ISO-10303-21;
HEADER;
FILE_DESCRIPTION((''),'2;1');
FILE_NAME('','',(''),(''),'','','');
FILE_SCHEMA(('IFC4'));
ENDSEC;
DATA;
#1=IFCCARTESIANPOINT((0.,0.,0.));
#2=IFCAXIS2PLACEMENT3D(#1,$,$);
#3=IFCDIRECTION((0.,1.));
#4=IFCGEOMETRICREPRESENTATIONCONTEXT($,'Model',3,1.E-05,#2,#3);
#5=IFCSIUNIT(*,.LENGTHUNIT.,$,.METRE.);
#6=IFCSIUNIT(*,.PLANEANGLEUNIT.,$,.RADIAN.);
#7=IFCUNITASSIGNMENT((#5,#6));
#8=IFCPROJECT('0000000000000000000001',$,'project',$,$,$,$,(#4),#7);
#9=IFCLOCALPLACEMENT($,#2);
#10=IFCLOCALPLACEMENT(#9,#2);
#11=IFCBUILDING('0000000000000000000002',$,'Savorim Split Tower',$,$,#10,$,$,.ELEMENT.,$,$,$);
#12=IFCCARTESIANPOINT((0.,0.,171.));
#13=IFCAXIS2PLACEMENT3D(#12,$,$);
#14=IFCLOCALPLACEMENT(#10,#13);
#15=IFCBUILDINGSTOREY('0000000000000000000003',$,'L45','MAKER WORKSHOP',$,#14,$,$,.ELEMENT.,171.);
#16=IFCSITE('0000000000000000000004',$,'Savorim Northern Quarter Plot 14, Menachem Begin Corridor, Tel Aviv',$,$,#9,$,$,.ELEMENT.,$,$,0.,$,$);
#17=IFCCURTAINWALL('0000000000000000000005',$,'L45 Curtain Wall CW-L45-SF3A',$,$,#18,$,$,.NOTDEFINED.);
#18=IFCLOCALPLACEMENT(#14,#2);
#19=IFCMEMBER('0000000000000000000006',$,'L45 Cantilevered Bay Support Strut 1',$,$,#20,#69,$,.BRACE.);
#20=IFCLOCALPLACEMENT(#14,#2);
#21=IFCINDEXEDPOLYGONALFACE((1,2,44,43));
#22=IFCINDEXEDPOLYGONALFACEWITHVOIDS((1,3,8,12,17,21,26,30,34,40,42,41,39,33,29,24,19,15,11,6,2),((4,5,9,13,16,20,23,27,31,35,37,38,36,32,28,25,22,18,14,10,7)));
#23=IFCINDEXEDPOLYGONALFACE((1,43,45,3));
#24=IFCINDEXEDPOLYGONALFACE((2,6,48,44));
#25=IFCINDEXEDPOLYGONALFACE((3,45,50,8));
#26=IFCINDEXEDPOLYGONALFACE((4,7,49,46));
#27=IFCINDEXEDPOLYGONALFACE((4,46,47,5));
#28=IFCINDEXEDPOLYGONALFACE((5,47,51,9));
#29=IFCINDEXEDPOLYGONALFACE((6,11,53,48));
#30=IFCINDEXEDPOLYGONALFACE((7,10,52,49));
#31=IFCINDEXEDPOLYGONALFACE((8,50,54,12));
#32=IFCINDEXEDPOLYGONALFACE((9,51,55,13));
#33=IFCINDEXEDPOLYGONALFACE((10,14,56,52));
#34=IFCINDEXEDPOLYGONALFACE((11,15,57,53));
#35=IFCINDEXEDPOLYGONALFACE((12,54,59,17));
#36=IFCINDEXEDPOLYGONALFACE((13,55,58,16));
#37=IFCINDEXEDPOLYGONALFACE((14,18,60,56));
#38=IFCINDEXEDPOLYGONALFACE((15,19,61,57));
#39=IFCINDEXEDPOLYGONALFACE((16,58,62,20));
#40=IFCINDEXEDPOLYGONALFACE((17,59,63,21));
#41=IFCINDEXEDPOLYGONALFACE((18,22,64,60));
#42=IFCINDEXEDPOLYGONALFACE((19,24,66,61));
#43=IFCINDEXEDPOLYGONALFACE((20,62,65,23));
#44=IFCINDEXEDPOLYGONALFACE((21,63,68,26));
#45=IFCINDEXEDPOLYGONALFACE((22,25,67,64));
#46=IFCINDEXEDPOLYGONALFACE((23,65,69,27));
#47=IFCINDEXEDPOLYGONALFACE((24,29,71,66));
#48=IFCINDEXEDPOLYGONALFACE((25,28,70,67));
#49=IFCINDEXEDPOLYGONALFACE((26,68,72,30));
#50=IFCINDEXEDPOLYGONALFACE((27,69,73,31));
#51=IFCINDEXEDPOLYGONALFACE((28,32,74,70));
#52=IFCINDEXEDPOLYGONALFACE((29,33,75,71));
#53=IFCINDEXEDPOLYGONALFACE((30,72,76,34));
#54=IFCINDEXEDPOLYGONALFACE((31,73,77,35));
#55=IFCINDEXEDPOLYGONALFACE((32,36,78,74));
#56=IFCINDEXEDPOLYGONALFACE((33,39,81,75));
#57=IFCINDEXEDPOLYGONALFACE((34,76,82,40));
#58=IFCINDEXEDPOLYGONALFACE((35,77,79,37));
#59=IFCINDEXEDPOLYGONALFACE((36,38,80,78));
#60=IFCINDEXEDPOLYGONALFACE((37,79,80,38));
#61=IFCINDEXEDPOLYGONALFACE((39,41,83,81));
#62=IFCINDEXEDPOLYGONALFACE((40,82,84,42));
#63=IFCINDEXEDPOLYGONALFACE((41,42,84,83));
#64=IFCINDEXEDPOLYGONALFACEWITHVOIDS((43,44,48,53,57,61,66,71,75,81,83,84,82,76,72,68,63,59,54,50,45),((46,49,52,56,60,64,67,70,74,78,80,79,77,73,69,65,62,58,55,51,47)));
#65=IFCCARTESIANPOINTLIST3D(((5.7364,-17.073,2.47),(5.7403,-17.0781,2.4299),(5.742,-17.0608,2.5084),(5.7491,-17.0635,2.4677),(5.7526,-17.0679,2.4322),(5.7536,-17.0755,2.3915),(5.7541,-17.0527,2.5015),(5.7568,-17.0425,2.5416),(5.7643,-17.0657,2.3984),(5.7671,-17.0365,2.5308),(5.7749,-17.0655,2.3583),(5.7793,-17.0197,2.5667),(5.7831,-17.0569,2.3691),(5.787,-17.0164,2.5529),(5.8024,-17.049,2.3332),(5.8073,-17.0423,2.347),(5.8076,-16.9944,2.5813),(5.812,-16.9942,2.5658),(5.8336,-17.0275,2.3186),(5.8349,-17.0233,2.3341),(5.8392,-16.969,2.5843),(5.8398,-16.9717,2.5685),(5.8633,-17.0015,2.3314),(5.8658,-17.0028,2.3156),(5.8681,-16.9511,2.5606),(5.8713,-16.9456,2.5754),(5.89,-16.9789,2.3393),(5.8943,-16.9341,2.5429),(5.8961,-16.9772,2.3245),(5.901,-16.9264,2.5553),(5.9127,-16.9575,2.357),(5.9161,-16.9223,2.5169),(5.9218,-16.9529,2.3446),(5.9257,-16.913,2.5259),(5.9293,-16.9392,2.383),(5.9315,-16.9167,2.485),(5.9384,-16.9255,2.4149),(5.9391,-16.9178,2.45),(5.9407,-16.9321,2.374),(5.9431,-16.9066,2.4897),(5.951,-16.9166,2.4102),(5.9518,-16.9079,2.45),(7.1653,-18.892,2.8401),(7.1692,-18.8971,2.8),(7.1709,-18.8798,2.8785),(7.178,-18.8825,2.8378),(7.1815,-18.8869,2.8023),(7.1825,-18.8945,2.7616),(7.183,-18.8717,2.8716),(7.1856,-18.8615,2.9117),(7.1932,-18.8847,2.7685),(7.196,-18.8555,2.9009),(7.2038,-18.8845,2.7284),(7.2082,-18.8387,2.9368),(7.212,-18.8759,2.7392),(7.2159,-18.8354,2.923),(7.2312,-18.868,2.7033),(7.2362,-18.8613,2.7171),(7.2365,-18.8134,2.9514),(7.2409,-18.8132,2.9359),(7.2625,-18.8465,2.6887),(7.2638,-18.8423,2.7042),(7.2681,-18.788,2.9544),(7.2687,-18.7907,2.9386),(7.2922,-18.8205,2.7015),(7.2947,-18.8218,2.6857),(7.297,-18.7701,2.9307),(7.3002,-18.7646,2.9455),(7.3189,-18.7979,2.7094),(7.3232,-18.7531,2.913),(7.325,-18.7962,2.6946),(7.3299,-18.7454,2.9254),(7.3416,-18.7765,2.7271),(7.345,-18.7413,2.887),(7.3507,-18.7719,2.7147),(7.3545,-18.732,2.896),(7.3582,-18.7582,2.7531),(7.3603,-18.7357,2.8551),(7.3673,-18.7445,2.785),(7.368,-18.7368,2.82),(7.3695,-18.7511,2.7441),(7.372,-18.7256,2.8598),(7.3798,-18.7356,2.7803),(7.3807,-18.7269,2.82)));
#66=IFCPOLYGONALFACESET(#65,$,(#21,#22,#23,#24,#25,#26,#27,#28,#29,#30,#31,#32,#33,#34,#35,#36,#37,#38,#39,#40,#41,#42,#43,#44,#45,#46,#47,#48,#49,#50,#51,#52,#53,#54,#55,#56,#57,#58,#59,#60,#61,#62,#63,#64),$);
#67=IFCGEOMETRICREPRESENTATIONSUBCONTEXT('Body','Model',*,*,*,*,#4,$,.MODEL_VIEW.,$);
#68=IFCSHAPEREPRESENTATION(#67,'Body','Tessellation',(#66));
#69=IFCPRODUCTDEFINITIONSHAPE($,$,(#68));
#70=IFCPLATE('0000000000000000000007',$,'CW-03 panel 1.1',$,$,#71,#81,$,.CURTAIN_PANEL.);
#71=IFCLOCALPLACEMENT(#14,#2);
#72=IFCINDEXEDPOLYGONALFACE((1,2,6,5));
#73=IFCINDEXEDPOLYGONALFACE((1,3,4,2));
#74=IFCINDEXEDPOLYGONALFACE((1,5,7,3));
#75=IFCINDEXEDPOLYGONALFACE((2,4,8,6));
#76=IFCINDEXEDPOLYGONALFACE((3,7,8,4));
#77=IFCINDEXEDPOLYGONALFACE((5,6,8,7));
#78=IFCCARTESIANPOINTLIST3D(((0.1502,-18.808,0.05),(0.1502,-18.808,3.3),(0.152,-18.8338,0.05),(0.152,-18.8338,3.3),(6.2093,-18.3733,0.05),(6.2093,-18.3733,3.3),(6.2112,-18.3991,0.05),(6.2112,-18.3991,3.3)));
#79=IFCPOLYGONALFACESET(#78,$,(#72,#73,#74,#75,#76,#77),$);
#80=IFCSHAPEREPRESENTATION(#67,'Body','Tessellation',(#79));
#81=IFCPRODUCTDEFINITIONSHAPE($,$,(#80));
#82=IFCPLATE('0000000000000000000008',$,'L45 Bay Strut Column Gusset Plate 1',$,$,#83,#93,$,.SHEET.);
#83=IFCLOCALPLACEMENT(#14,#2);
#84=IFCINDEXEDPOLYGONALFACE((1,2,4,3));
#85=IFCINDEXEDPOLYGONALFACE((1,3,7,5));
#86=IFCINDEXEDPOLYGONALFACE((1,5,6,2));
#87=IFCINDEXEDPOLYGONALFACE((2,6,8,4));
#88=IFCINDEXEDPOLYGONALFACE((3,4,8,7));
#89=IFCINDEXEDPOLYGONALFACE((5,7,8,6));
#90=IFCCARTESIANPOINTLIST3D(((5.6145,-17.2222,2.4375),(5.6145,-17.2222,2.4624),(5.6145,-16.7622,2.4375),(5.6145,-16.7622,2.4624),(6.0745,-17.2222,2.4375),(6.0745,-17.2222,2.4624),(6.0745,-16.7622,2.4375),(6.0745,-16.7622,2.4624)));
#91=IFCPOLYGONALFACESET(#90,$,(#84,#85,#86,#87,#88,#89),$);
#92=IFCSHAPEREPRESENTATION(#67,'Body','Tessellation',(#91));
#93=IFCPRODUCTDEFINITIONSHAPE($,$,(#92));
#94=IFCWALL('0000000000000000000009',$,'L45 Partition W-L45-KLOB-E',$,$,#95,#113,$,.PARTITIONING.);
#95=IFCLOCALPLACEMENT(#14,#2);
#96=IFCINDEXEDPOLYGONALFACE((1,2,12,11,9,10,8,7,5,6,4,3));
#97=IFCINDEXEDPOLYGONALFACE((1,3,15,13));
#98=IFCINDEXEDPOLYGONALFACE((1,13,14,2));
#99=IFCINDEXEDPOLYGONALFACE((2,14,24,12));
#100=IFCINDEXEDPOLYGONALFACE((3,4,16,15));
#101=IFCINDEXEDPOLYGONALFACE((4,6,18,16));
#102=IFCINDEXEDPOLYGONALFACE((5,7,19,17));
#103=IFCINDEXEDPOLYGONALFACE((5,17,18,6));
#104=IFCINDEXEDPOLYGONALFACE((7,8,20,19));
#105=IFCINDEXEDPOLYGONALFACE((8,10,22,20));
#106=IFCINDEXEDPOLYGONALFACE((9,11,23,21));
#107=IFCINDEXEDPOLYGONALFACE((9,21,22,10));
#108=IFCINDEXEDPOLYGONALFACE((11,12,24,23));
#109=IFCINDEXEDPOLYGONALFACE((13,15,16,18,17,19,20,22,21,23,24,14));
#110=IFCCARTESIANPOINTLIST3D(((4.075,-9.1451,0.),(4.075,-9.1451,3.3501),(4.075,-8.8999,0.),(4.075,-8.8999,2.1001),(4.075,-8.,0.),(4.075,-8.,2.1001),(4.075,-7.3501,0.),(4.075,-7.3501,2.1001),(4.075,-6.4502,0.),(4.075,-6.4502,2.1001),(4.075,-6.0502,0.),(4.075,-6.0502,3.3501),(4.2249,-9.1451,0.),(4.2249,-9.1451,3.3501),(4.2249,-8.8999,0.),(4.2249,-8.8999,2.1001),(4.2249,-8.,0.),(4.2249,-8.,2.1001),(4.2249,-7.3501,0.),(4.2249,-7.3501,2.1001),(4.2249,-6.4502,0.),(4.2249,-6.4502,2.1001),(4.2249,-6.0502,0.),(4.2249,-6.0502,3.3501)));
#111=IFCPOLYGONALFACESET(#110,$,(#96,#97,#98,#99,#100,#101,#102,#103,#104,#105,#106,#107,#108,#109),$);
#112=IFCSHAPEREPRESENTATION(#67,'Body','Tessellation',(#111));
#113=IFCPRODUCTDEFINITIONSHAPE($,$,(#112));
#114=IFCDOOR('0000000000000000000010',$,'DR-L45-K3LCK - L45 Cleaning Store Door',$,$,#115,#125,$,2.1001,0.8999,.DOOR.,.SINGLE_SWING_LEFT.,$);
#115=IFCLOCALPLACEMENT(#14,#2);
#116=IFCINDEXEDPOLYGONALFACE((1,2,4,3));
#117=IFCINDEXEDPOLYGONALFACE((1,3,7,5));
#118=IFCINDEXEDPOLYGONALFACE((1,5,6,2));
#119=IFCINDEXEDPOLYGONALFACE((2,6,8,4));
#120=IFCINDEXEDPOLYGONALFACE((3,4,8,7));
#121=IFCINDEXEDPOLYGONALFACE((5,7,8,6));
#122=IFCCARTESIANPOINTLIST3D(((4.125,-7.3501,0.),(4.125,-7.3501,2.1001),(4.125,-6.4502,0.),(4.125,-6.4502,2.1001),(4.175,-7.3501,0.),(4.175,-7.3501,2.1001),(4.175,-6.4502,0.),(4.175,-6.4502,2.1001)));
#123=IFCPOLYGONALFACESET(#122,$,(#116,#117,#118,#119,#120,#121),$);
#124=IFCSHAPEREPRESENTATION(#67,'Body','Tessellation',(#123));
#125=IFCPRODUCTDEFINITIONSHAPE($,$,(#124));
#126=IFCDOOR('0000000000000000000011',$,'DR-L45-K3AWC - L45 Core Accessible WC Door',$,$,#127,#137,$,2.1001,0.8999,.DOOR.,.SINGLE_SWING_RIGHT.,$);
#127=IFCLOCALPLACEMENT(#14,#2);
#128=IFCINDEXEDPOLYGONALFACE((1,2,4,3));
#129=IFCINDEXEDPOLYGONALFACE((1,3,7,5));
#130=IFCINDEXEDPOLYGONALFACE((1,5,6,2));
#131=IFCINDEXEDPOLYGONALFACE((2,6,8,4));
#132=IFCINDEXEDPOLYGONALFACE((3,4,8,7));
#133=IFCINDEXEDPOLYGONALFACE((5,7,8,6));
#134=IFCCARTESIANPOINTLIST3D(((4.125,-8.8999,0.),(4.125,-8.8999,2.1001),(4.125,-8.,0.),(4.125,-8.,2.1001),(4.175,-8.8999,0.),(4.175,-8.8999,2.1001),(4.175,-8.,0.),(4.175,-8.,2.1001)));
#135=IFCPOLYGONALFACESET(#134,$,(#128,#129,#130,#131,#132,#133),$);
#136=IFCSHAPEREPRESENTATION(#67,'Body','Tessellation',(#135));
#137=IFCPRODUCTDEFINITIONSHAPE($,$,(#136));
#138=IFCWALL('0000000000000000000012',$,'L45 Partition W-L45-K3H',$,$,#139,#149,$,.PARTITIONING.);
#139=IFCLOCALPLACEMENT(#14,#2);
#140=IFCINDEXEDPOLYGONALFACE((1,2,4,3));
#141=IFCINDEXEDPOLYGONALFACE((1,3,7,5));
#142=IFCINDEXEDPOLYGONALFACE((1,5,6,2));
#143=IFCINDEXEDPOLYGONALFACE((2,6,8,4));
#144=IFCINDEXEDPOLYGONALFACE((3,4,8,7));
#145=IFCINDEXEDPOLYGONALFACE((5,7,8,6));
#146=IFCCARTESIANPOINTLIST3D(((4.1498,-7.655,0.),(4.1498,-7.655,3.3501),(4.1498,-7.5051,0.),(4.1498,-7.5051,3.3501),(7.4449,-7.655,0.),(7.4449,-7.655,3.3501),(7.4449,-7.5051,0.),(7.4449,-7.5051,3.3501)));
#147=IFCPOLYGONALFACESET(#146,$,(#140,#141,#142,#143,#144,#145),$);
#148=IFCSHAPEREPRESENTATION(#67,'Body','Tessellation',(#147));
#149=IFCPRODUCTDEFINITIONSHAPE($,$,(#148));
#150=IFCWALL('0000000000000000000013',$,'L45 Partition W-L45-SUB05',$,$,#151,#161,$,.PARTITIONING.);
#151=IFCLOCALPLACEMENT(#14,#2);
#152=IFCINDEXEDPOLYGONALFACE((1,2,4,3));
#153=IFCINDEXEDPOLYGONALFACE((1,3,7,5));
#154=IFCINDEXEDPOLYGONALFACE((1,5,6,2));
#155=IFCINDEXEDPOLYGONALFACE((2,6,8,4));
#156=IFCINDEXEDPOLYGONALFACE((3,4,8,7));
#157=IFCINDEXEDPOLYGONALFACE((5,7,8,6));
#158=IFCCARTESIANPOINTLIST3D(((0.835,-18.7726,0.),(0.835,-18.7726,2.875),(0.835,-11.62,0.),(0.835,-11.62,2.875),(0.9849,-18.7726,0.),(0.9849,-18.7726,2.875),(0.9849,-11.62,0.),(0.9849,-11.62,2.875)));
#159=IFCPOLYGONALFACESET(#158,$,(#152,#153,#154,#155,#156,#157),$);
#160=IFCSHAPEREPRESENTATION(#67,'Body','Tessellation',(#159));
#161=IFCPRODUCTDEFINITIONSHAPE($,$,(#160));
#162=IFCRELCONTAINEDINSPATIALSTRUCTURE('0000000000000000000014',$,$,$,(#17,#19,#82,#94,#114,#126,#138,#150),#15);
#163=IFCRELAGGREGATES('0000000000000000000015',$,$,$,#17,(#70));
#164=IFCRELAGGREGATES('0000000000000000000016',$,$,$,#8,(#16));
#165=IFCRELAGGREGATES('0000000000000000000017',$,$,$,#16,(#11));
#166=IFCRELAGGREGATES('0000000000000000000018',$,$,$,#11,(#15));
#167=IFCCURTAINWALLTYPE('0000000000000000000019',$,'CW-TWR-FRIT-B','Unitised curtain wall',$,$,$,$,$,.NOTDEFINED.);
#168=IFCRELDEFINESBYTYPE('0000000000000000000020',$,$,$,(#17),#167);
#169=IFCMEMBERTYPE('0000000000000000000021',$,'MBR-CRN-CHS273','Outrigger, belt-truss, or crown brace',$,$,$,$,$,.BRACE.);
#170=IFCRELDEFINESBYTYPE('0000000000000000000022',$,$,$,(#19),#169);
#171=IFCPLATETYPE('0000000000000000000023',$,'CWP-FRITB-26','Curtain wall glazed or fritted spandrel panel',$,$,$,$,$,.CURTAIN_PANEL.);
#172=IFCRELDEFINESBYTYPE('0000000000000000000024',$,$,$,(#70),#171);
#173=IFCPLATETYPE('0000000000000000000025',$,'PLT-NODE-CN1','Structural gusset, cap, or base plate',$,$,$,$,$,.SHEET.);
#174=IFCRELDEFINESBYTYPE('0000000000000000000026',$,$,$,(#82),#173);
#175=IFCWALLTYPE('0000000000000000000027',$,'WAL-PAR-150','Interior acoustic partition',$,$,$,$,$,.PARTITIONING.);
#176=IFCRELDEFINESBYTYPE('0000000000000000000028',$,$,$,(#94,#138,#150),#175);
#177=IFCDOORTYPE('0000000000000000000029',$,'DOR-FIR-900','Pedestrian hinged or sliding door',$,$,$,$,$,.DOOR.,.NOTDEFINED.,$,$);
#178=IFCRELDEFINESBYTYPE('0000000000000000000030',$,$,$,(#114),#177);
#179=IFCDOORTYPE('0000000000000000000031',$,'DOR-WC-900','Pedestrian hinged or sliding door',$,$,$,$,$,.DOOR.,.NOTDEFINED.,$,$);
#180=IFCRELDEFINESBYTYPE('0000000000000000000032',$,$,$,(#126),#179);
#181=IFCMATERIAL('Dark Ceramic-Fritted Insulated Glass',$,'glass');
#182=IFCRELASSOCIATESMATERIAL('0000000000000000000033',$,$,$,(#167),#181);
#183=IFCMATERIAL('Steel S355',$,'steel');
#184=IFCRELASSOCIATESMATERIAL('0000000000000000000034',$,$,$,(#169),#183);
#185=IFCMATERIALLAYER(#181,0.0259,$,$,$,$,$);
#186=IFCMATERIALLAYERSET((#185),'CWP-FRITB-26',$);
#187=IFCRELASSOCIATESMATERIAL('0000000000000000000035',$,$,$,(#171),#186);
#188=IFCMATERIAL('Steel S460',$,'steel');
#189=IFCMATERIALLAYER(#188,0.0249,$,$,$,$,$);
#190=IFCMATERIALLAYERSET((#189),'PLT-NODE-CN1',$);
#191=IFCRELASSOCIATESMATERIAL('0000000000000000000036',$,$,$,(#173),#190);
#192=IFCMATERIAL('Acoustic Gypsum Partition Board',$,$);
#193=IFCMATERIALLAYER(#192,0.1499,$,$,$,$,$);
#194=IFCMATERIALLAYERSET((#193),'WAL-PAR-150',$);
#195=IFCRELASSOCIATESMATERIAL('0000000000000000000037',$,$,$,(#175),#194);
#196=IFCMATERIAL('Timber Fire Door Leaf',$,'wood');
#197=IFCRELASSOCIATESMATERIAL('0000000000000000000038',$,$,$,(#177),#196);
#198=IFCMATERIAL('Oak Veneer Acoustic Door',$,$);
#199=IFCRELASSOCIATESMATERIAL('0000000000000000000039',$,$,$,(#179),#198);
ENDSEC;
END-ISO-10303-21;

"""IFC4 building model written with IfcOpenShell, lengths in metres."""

from ifc_helpers import new_model, si_unit, direction, frame, frame_2d, origin, origin_2d, place, context, subcontext, project, spatial, rectangle, hollow_circle, extrude, material, layer, layer_set, material_profile, profile_set, type_object, element, fill, aggregate, save


model = new_model("IFC4")

# Units and contexts
model_context = context("Model", 3, precision=1e-05, world=origin(), true_north=direction((0.0, 1.0)))
body_context = subcontext(model_context, "Body", "Model", "MODEL_VIEW")
ifc_project = project(units=[si_unit("LENGTHUNIT", "METRE"), si_unit("PLANEANGLEUNIT", "RADIAN")], contexts=[model_context])

# Site, building, storey
site_placement = place(None, origin())
site = spatial("IfcSite", under=ifc_project, at=site_placement, Name="Savorim Northern Quarter Plot 14, Menachem Begin Corridor, Tel Aviv", CompositionType="ELEMENT", RefElevation=0.0)
building_placement = place(site_placement, origin())
building = spatial("IfcBuilding", under=site, at=building_placement, Name="Savorim Split Tower", CompositionType="ELEMENT")
storey_placement = place(building_placement, frame((0.0, 0.0, 171.0)))
storey = spatial("IfcBuildingStorey", under=building, at=storey_placement, Name="L45", Description="MAKER WORKSHOP", CompositionType="ELEMENT", Elevation=171.0)

# Shared definitions
ifc_material_1 = material(Name="Steel S355", Category="steel")

# Curtain wall
ifc_material_2 = material(Name="Dark Ceramic-Fritted Insulated Glass", Category="glass")
curtain_wall_type = type_object("IfcCurtainWallType", Name="CW-TWR-FRIT-B", Description="Unitised curtain wall", PredefinedType="NOTDEFINED", material=ifc_material_2)
curtain_wall_placement = place(storey_placement, origin())
curtain_wall = element("IfcCurtainWall", 1, at=curtain_wall_placement, inside=storey, type_object=curtain_wall_type, Name="L45 Curtain Wall CW-L45-SF3A", PredefinedType="NOTDEFINED")

# Member
ifc_material_profile_1 = material_profile(ifc_material_1, hollow_circle(Radius=0.1365, WallThickness=0.0161, at=origin_2d()), Name="CHS 273x16")
ifc_profile_set_1 = profile_set([ifc_material_profile_1], Name="Steel S355")
member_type_1 = type_object("IfcMemberType", Name="MBR-CRN-CHS273", Description="Outrigger, belt-truss, or crown brace", PredefinedType="BRACE", material=ifc_profile_set_1)
member_1_placement = place(storey_placement, frame((5.8445, -16.9922, 2.45), z_axis=(0.609975, -0.776511, 0.157991), x_axis=(0.786388, 0.617733, 0.0)))
element("IfcMember", 2, at=member_1_placement, inside=storey, type_object=member_type_1, Name="L45 Cantilevered Bay Support Strut 1", PredefinedType="BRACE", context=body_context, shape_type="SweptSolid", body=[
    extrude(hollow_circle(Radius=0.1365, WallThickness=0.0161, at=origin_2d()), origin(), (0.0, 0.0, 1.0), 2.3425),
])

# Plates
ifc_layer_1 = layer(ifc_material_2, 0.0259)
ifc_layer_set_1 = layer_set([ifc_layer_1], Name="CWP-FRITB-26")
plate_type_1 = type_object("IfcPlateType", Name="CWP-FRITB-26", Description="Curtain wall glazed or fritted spandrel panel", PredefinedType="CURTAIN_PANEL", material=ifc_layer_set_1)
plate_1_placement = place(storey_placement, frame((3.1807, -18.6035, 0.05), z_axis=(0.0, 0.0, 1.0), x_axis=(0.997436, 0.071561, 0.0)))
plate_1 = element("IfcPlate", 3, at=plate_1_placement, type_object=plate_type_1, Name="CW-03 panel 1.1", PredefinedType="CURTAIN_PANEL", context=body_context, shape_type="SweptSolid", body=[
    extrude(rectangle(XDim=6.0747, YDim=0.0259, at=origin_2d()), origin(), (0.0, 0.0, 1.0), 3.25),
])
aggregate(curtain_wall, [plate_1])
ifc_material_3 = material(Name="Steel S460", Category="steel")
ifc_layer_2 = layer(ifc_material_3, 0.0249)
ifc_layer_set_2 = layer_set([ifc_layer_2], Name="PLT-NODE-CN1")
plate_type_2 = type_object("IfcPlateType", Name="PLT-NODE-CN1", Description="Structural gusset, cap, or base plate", PredefinedType="SHEET", material=ifc_layer_set_2)
plate_2_placement = place(storey_placement, frame((5.8445, -16.9922, 2.4375), z_axis=(0.0, 0.0, 1.0), x_axis=(1.0, 0.0, 0.0)))
element("IfcPlate", 4, at=plate_2_placement, inside=storey, type_object=plate_type_2, Name="L45 Bay Strut Column Gusset Plate 1", PredefinedType="SHEET", context=body_context, shape_type="SweptSolid", body=[
    extrude(rectangle(XDim=0.46, YDim=0.46, at=origin_2d()), origin(), (0.0, 0.0, 1.0), 0.0249),
])

# Wall, openings, doors
ifc_material_4 = material(Name="Acoustic Gypsum Partition Board")
ifc_layer_3 = layer(ifc_material_4, 0.1499)
ifc_layer_set_3 = layer_set([ifc_layer_3], Name="WAL-PAR-150")
wall_type = type_object("IfcWallType", Name="WAL-PAR-150", Description="Interior acoustic partition", PredefinedType="PARTITIONING", material=ifc_layer_set_3)
wall_1_placement = place(storey_placement, frame((4.1499, -9.145, 0.0), z_axis=(0.0, 0.0, 1.0), x_axis=(0.0, 1.0, 0.0)))
wall_1 = element("IfcWall", 5, at=wall_1_placement, inside=storey, type_object=wall_type, Name="L45 Partition W-L45-KLOB-E", PredefinedType="PARTITIONING", context=body_context, shape_type="SweptSolid", body=[
    extrude(rectangle(XDim=3.095, YDim=0.1499, at=frame_2d((1.5474, 0.0))), origin(), (0.0, 0.0, 1.0), 3.3501),
])
opening_1_placement = place(wall_1_placement, frame((0.2451, 0.0, 0.0)))
opening_1 = element("IfcOpeningElement", 6, at=opening_1_placement, cuts=wall_1, PredefinedType="OPENING", context=body_context, shape_type="SweptSolid", body=[
    extrude(rectangle(XDim=0.8999, YDim=2.1001, at=frame_2d((0.45, 1.05))), frame((0.0, 0.085, 0.0), z_axis=(0.0, -1.0, 0.0), x_axis=(1.0, 0.0, 0.0)), (0.0, 0.0, 1.0), 0.1699),
])
opening_2_placement = place(wall_1_placement, frame((1.7949, 0.0, 0.0)))
opening_2 = element("IfcOpeningElement", 7, at=opening_2_placement, cuts=wall_1, PredefinedType="OPENING", context=body_context, shape_type="SweptSolid", body=[
    extrude(rectangle(XDim=0.8999, YDim=2.1001, at=frame_2d((0.45, 1.05))), frame((0.0, 0.085, 0.0), z_axis=(0.0, -1.0, 0.0), x_axis=(1.0, 0.0, 0.0)), (0.0, 0.0, 1.0), 0.1699),
])
ifc_material_5 = material(Name="Timber Fire Door Leaf", Category="wood")
door_type_1 = type_object("IfcDoorType", Name="DOR-FIR-900", Description="Pedestrian hinged or sliding door", OperationType="NOTDEFINED", PredefinedType="DOOR", material=ifc_material_5)
door_1_placement = place(opening_2_placement, origin())
door_1 = element("IfcDoor", 8, at=door_1_placement, inside=storey, type_object=door_type_1, Name="DR-L45-K3LCK - L45 Cleaning Store Door", OperationType="SINGLE_SWING_LEFT", OverallHeight=2.1001, OverallWidth=0.8999, PredefinedType="DOOR", context=body_context, shape_type="SweptSolid", body=[
    extrude(rectangle(XDim=0.8999, YDim=2.1001, at=frame_2d((0.45, 1.05))), frame((0.0, 0.0249, 0.0), z_axis=(0.0, -1.0, 0.0), x_axis=(1.0, 0.0, 0.0)), (0.0, 0.0, 1.0), 0.05),
])
fill(opening_2, door_1)
ifc_material_6 = material(Name="Oak Veneer Acoustic Door")
door_type_2 = type_object("IfcDoorType", Name="DOR-WC-900", Description="Pedestrian hinged or sliding door", OperationType="NOTDEFINED", PredefinedType="DOOR", material=ifc_material_6)
door_2_placement = place(opening_1_placement, origin())
door_2 = element("IfcDoor", 9, at=door_2_placement, inside=storey, type_object=door_type_2, Name="DR-L45-K3AWC - L45 Core Accessible WC Door", OperationType="SINGLE_SWING_RIGHT", OverallHeight=2.1001, OverallWidth=0.8999, PredefinedType="DOOR", context=body_context, shape_type="SweptSolid", body=[
    extrude(rectangle(XDim=0.8999, YDim=2.1001, at=frame_2d((0.45, 1.05))), frame((0.0, 0.0249, 0.0), z_axis=(0.0, -1.0, 0.0), x_axis=(1.0, 0.0, 0.0)), (0.0, 0.0, 1.0), 0.05),
])
fill(opening_1, door_2)

# Walls
wall_2_placement = place(storey_placement, frame((4.1499, -7.5801, 0.0), z_axis=(0.0, 0.0, 1.0), x_axis=(1.0, 0.0, 0.0)))
element("IfcWall", 10, at=wall_2_placement, inside=storey, type_object=wall_type, Name="L45 Partition W-L45-K3H", PredefinedType="PARTITIONING", context=body_context, shape_type="SweptSolid", body=[
    extrude(rectangle(XDim=3.2952, YDim=0.1499, at=frame_2d((1.6475, 0.0))), origin(), (0.0, 0.0, 1.0), 3.3501),
])
wall_3_placement = place(storey_placement, frame((0.9099, -11.6201, 0.0), z_axis=(0.0, 0.0, 1.0), x_axis=(0.0, -1.0, 0.0)))
element("IfcWall", 11, at=wall_3_placement, inside=storey, type_object=wall_type, Name="L45 Partition W-L45-SUB05", PredefinedType="PARTITIONING", context=body_context, shape_type="SweptSolid", body=[
    extrude(rectangle(XDim=7.1526, YDim=0.1499, at=frame_2d((3.5762, 0.0))), origin(), (0.0, 0.0, 1.0), 2.875),
])

save(model, "model.ifc")
